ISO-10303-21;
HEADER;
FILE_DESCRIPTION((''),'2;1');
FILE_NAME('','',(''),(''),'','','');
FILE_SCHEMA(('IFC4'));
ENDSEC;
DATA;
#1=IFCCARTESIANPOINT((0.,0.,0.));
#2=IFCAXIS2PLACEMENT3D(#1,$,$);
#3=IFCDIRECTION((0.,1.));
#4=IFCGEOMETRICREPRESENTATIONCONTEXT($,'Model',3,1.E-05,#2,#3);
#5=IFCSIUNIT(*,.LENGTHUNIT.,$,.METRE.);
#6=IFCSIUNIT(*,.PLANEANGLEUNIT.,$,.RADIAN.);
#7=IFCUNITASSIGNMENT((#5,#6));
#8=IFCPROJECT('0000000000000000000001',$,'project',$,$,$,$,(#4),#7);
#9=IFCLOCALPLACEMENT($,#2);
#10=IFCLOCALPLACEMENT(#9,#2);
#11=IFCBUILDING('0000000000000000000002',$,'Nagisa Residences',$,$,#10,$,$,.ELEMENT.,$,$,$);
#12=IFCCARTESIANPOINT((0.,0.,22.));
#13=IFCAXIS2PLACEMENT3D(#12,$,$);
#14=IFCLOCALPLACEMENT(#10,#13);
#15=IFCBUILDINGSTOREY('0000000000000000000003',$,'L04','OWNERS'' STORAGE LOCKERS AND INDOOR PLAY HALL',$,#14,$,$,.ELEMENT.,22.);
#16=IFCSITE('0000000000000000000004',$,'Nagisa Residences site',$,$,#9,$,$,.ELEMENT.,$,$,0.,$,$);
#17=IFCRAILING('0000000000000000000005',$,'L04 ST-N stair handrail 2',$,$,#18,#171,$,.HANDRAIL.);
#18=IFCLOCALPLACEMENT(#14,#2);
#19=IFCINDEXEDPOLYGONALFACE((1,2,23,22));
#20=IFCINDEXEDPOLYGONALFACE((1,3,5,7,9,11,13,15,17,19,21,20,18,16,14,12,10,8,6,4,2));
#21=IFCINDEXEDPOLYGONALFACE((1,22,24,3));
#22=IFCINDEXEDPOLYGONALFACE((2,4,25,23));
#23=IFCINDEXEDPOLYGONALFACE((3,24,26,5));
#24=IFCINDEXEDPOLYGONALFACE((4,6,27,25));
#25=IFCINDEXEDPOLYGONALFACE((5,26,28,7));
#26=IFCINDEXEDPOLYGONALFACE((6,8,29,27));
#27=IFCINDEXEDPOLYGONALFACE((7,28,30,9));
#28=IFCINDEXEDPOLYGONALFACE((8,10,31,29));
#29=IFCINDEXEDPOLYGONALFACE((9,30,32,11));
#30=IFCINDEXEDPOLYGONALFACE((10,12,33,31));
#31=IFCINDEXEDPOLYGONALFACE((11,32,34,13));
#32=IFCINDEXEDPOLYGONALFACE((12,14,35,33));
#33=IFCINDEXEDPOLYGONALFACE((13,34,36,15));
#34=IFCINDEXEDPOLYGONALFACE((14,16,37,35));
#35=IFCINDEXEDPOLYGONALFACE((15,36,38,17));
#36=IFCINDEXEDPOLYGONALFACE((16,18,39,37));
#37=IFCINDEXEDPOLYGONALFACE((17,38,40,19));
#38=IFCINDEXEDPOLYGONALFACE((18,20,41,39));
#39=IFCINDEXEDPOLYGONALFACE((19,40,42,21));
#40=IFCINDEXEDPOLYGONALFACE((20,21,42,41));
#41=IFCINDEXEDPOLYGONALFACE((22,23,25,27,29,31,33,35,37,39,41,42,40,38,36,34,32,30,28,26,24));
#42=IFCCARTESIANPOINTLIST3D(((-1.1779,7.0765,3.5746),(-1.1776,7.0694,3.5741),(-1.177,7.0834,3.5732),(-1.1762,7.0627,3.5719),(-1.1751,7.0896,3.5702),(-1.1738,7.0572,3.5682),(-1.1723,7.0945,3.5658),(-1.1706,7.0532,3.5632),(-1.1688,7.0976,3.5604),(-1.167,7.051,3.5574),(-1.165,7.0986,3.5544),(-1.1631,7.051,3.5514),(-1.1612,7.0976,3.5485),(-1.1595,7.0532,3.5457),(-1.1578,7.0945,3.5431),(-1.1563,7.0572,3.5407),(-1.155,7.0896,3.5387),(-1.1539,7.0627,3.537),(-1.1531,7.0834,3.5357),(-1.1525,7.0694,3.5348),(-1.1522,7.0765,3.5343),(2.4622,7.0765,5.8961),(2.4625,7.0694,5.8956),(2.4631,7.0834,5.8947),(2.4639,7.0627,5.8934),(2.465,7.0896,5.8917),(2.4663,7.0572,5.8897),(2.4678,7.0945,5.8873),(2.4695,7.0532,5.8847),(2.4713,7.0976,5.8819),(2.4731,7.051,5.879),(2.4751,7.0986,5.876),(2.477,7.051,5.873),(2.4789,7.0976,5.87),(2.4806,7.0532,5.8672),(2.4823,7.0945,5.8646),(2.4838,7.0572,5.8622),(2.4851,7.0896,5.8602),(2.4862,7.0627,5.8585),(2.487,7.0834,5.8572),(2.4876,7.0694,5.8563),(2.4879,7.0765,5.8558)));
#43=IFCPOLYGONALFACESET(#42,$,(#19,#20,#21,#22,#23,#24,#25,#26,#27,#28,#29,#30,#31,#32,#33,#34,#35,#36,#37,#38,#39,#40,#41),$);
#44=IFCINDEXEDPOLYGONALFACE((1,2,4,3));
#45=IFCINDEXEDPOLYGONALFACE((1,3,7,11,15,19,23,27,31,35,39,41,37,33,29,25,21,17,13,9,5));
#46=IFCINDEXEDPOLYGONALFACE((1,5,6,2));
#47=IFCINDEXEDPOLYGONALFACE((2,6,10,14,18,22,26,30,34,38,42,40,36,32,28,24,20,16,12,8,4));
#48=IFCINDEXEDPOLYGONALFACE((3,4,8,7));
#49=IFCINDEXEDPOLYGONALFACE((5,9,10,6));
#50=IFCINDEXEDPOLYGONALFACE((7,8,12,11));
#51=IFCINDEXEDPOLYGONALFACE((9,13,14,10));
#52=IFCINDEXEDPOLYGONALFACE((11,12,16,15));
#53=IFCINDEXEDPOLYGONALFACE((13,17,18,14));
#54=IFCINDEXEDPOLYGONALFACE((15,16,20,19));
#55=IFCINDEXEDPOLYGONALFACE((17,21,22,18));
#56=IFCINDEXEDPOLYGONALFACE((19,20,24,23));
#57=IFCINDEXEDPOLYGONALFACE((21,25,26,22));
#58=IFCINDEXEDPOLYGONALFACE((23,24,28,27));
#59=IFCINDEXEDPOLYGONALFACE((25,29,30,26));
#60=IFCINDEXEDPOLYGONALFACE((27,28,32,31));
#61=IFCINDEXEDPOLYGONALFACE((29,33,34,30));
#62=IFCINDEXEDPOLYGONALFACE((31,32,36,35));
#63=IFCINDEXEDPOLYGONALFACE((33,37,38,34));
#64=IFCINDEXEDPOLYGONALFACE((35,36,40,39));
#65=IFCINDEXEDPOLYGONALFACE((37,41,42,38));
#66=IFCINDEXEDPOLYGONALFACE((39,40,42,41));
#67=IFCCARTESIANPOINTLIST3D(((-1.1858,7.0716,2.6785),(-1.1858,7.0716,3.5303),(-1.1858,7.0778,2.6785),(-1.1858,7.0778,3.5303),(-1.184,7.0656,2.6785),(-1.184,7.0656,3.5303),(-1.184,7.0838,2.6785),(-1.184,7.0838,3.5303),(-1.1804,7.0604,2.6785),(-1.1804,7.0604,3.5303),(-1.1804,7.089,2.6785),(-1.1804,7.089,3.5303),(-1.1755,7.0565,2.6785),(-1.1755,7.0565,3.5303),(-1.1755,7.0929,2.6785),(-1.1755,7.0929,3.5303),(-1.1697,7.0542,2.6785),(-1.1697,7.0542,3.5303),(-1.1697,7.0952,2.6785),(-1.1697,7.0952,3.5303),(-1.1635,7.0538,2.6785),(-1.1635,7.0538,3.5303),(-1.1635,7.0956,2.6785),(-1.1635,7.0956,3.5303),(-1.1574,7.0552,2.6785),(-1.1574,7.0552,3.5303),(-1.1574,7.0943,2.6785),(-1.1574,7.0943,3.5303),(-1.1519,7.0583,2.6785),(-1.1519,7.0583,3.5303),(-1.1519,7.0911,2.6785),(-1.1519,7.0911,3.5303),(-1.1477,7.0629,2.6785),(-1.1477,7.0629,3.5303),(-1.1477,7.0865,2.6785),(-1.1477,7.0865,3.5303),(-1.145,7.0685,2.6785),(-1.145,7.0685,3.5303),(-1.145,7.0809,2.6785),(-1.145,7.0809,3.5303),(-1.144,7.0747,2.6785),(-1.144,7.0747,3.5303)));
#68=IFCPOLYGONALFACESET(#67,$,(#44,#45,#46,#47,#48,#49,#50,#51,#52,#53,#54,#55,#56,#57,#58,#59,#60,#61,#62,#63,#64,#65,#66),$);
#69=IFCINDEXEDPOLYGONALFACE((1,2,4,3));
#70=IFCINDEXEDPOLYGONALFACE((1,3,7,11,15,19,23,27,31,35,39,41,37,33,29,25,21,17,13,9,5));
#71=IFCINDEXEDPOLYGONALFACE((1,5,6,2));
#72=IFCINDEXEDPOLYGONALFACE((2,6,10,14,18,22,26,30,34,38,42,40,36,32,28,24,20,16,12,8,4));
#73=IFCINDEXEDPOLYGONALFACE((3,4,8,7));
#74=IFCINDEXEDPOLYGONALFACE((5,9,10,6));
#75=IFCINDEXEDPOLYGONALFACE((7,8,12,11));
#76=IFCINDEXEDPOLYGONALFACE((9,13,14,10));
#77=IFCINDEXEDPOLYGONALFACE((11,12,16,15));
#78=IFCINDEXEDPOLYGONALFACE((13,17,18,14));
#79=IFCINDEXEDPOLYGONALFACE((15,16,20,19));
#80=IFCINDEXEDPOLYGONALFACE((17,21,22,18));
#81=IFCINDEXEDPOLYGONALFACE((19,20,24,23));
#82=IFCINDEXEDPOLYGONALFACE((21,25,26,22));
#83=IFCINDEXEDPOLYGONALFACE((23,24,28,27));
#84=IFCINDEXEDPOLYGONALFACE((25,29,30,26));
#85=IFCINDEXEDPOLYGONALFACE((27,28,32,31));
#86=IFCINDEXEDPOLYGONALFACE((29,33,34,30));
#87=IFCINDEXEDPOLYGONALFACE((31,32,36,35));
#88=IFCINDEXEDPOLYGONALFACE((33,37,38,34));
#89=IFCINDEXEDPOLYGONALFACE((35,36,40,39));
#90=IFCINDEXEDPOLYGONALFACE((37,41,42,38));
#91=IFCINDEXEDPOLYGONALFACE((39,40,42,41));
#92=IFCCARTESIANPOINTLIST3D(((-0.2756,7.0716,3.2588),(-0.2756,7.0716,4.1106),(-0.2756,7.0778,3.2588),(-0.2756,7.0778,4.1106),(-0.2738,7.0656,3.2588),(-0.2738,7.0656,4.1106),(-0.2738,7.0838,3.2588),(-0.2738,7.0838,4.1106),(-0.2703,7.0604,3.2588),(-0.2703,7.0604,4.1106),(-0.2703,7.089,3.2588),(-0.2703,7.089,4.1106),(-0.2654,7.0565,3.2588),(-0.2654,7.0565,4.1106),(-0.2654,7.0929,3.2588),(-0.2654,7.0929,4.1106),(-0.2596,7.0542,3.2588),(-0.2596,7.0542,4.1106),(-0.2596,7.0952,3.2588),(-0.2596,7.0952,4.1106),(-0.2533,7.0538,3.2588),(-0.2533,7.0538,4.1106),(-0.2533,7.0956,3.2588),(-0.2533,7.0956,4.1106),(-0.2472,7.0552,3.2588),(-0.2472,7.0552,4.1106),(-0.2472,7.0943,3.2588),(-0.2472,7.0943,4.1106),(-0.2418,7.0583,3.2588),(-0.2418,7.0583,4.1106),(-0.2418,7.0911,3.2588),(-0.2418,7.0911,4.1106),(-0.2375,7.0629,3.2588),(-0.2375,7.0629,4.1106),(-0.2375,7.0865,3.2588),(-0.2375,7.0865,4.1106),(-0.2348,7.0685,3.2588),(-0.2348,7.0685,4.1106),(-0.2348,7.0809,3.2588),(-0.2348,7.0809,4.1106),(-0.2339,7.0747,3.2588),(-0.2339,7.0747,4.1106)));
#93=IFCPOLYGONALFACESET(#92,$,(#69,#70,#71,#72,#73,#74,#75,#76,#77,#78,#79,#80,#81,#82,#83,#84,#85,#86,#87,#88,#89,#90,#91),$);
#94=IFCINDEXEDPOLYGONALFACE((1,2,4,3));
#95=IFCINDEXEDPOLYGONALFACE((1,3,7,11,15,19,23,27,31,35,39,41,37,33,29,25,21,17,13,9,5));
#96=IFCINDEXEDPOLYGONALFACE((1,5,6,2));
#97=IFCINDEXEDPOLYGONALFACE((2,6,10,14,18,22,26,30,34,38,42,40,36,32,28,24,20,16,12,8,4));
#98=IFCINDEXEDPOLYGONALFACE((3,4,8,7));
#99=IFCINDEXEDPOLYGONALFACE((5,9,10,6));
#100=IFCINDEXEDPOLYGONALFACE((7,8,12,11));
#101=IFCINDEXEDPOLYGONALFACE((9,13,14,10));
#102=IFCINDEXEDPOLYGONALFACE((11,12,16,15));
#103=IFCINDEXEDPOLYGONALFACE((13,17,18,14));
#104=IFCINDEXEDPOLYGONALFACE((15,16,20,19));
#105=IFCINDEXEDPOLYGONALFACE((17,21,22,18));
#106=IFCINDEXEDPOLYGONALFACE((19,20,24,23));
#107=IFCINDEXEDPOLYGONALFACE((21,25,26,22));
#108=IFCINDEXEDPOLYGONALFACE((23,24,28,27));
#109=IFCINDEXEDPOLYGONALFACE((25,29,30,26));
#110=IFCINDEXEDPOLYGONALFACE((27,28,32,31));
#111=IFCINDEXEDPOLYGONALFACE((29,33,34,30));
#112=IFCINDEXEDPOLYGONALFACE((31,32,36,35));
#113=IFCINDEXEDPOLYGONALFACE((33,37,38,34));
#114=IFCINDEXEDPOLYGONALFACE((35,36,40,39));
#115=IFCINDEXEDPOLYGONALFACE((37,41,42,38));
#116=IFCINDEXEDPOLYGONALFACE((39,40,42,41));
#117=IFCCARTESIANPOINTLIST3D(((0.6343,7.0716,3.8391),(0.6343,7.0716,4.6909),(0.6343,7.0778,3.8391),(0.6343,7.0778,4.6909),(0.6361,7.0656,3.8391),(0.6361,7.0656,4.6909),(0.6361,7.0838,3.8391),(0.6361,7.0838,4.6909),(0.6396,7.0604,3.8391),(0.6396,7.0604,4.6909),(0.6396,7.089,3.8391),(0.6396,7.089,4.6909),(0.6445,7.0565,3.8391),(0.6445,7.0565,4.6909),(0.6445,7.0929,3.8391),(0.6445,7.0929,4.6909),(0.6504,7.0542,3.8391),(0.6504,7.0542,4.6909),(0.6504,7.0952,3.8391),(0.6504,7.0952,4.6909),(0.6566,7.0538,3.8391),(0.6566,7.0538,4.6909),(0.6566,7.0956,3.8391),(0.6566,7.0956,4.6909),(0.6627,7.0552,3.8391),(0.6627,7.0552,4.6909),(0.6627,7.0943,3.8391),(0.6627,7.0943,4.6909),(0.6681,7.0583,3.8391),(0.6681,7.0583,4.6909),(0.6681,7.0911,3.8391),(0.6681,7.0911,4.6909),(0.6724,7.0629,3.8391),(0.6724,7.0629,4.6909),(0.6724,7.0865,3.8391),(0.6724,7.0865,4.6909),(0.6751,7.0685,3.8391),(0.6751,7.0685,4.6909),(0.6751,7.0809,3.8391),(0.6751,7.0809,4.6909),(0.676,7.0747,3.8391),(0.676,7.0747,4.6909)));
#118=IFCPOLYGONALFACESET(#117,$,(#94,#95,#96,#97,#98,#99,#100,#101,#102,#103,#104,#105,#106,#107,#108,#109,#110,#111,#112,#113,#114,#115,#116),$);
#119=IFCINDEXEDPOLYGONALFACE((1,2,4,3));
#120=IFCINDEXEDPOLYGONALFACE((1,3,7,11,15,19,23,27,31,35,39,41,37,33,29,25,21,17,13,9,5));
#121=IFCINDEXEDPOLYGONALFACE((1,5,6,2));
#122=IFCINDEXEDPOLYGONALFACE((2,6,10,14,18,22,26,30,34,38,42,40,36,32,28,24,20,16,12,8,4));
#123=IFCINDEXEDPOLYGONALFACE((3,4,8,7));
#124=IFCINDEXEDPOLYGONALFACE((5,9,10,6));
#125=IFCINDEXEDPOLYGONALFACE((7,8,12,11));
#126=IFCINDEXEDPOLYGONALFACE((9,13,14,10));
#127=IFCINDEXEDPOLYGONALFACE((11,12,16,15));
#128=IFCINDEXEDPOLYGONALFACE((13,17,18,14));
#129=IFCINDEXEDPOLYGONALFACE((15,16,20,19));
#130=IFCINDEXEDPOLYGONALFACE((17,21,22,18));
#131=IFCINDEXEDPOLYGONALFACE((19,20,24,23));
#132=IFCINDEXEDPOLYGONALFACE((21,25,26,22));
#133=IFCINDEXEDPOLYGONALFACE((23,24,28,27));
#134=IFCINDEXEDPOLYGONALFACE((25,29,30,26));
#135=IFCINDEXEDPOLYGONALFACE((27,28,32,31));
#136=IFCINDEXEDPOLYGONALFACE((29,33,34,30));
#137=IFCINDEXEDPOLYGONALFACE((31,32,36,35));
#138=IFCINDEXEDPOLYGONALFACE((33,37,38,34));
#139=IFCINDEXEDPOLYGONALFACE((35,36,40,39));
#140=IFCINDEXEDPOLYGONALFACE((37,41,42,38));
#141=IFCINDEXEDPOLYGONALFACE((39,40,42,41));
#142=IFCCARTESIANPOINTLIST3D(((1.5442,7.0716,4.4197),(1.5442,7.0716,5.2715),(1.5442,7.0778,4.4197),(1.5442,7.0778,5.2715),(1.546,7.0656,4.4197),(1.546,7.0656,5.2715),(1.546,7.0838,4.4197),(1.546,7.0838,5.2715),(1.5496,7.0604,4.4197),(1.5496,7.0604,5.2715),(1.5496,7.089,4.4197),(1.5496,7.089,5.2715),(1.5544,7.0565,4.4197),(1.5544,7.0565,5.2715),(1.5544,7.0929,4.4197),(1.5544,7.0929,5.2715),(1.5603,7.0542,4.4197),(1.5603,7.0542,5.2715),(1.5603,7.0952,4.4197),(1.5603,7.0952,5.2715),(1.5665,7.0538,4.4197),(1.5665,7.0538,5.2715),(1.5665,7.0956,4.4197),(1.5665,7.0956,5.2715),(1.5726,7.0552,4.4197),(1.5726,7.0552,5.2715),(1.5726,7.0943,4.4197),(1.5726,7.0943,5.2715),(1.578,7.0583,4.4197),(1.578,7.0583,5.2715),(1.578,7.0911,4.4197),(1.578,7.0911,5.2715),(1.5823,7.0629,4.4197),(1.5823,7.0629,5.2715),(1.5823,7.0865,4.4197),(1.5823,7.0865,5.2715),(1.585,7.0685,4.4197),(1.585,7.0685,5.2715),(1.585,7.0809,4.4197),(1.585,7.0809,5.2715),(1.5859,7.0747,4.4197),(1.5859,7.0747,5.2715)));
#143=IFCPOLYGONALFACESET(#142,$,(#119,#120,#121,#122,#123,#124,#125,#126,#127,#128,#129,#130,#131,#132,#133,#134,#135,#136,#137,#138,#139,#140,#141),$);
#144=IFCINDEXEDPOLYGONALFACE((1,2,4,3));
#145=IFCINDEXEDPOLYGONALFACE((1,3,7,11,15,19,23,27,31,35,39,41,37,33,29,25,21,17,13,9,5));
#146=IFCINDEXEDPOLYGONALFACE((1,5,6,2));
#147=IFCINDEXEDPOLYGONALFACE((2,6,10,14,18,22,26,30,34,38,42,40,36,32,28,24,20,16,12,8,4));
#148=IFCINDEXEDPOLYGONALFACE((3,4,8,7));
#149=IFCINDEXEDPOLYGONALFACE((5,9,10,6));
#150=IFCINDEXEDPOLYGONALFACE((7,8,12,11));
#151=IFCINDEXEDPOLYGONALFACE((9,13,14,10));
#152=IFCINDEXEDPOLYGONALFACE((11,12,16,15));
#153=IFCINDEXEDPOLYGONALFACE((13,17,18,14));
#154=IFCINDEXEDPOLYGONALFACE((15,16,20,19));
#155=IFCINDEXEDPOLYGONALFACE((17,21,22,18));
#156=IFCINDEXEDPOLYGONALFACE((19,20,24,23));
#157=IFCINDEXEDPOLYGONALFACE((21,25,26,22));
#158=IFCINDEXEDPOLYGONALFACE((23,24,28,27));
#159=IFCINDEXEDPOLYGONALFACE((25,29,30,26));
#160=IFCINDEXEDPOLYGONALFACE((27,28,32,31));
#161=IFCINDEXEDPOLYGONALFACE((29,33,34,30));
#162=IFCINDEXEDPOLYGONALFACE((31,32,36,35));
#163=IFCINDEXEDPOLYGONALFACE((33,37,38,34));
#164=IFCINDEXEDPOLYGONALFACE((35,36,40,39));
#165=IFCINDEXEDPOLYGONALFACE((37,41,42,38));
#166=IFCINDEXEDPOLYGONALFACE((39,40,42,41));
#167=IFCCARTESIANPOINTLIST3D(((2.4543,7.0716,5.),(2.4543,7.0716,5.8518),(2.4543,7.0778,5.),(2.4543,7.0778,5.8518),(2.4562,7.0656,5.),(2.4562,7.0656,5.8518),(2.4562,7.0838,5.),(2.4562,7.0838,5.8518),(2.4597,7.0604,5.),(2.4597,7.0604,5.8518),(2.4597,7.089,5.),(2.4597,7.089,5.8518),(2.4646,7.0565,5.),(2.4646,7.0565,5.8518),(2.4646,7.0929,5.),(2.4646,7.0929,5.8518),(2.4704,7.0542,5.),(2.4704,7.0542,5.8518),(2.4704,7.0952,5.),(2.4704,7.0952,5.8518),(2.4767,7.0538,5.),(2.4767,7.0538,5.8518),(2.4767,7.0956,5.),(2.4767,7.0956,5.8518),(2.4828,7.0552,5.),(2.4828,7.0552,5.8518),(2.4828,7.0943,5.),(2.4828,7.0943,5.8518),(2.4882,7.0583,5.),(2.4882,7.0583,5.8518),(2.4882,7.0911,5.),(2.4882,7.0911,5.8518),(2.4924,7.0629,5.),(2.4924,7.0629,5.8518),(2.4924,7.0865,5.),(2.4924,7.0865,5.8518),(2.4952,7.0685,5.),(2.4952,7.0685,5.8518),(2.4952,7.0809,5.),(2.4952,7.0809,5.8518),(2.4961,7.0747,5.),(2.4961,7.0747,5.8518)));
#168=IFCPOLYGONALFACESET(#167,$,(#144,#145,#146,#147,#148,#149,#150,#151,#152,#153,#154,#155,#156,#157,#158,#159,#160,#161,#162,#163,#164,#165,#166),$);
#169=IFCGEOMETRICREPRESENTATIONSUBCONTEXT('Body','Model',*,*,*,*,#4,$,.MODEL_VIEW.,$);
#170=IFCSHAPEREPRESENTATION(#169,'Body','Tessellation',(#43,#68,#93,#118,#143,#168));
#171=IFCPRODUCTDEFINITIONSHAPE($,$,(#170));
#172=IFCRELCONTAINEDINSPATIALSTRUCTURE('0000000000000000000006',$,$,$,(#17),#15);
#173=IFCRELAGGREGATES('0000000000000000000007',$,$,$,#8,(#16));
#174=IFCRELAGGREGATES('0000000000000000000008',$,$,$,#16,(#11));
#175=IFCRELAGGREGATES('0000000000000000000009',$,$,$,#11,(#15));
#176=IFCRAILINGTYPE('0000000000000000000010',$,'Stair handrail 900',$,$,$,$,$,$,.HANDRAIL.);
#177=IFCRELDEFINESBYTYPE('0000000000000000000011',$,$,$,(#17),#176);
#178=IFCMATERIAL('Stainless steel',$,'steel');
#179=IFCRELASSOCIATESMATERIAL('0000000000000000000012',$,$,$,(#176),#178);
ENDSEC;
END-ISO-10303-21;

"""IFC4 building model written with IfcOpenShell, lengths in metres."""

from ifc_helpers import new_model, si_unit, direction, frame, origin, origin_2d, place, context, subcontext, project, spatial, circle, extrude, material, type_object, element, save


model = new_model("IFC4")

# Units and contexts
model_context = context("Model", 3, precision=1e-05, world=origin(), true_north=direction((0.0, 1.0)))
body_context = subcontext(model_context, "Body", "Model", "MODEL_VIEW")
ifc_project = project(units=[si_unit("LENGTHUNIT", "METRE"), si_unit("PLANEANGLEUNIT", "RADIAN")], contexts=[model_context])

# Site, building, storey
site_placement = place(None, origin())
site = spatial("IfcSite", under=ifc_project, at=site_placement, Name="Nagisa Residences site", CompositionType="ELEMENT", RefElevation=0.0)
building_placement = place(site_placement, origin())
building = spatial("IfcBuilding", under=site, at=building_placement, Name="Nagisa Residences", CompositionType="ELEMENT")
storey_placement = place(building_placement, frame((0.0, 0.0, 22.0)))
storey = spatial("IfcBuildingStorey", under=building, at=storey_placement, Name="L04", Description="OWNERS' STORAGE LOCKERS AND INDOOR PLAY HALL", CompositionType="ELEMENT", Elevation=22.0)

# Railing
ifc_material_1 = material(Name="Stainless steel", Category="steel")
railing_type = type_object("IfcRailingType", Name="Stair handrail 900", PredefinedType="HANDRAIL", material=ifc_material_1)
railing_placement = place(storey_placement, frame((-1.165, 7.0747, 2.6785)))
element("IfcRailing", 1, at=railing_placement, inside=storey, type_object=railing_type, Name="L04 ST-N stair handrail 2", PredefinedType="HANDRAIL", context=body_context, shape_type="SweptSolid", body=[
    extrude(circle(Radius=0.0239, at=origin_2d()), frame((0.0, 0.0, 0.876), z_axis=(0.843128, 0.0, 0.537713), x_axis=(0.0, 1.0, 0.0)), (0.0, 0.0, 1.0), 4.3174),
    extrude(circle(Radius=0.021, at=origin_2d()), origin(), (0.0, 0.0, 1.0), 0.8518),
    extrude(circle(Radius=0.021, at=origin_2d()), frame((0.9102, 0.0, 0.5803)), (0.0, 0.0, 1.0), 0.8518),
    extrude(circle(Radius=0.021, at=origin_2d()), frame((1.8201, 0.0, 1.1606)), (0.0, 0.0, 1.0), 0.8518),
    extrude(circle(Radius=0.021, at=origin_2d()), frame((2.73, 0.0, 1.7412)), (0.0, 0.0, 1.0), 0.8518),
    extrude(circle(Radius=0.021, at=origin_2d()), frame((3.6401, 0.0, 2.3215)), (0.0, 0.0, 1.0), 0.8518),
])

save(model, "model.ifc")
